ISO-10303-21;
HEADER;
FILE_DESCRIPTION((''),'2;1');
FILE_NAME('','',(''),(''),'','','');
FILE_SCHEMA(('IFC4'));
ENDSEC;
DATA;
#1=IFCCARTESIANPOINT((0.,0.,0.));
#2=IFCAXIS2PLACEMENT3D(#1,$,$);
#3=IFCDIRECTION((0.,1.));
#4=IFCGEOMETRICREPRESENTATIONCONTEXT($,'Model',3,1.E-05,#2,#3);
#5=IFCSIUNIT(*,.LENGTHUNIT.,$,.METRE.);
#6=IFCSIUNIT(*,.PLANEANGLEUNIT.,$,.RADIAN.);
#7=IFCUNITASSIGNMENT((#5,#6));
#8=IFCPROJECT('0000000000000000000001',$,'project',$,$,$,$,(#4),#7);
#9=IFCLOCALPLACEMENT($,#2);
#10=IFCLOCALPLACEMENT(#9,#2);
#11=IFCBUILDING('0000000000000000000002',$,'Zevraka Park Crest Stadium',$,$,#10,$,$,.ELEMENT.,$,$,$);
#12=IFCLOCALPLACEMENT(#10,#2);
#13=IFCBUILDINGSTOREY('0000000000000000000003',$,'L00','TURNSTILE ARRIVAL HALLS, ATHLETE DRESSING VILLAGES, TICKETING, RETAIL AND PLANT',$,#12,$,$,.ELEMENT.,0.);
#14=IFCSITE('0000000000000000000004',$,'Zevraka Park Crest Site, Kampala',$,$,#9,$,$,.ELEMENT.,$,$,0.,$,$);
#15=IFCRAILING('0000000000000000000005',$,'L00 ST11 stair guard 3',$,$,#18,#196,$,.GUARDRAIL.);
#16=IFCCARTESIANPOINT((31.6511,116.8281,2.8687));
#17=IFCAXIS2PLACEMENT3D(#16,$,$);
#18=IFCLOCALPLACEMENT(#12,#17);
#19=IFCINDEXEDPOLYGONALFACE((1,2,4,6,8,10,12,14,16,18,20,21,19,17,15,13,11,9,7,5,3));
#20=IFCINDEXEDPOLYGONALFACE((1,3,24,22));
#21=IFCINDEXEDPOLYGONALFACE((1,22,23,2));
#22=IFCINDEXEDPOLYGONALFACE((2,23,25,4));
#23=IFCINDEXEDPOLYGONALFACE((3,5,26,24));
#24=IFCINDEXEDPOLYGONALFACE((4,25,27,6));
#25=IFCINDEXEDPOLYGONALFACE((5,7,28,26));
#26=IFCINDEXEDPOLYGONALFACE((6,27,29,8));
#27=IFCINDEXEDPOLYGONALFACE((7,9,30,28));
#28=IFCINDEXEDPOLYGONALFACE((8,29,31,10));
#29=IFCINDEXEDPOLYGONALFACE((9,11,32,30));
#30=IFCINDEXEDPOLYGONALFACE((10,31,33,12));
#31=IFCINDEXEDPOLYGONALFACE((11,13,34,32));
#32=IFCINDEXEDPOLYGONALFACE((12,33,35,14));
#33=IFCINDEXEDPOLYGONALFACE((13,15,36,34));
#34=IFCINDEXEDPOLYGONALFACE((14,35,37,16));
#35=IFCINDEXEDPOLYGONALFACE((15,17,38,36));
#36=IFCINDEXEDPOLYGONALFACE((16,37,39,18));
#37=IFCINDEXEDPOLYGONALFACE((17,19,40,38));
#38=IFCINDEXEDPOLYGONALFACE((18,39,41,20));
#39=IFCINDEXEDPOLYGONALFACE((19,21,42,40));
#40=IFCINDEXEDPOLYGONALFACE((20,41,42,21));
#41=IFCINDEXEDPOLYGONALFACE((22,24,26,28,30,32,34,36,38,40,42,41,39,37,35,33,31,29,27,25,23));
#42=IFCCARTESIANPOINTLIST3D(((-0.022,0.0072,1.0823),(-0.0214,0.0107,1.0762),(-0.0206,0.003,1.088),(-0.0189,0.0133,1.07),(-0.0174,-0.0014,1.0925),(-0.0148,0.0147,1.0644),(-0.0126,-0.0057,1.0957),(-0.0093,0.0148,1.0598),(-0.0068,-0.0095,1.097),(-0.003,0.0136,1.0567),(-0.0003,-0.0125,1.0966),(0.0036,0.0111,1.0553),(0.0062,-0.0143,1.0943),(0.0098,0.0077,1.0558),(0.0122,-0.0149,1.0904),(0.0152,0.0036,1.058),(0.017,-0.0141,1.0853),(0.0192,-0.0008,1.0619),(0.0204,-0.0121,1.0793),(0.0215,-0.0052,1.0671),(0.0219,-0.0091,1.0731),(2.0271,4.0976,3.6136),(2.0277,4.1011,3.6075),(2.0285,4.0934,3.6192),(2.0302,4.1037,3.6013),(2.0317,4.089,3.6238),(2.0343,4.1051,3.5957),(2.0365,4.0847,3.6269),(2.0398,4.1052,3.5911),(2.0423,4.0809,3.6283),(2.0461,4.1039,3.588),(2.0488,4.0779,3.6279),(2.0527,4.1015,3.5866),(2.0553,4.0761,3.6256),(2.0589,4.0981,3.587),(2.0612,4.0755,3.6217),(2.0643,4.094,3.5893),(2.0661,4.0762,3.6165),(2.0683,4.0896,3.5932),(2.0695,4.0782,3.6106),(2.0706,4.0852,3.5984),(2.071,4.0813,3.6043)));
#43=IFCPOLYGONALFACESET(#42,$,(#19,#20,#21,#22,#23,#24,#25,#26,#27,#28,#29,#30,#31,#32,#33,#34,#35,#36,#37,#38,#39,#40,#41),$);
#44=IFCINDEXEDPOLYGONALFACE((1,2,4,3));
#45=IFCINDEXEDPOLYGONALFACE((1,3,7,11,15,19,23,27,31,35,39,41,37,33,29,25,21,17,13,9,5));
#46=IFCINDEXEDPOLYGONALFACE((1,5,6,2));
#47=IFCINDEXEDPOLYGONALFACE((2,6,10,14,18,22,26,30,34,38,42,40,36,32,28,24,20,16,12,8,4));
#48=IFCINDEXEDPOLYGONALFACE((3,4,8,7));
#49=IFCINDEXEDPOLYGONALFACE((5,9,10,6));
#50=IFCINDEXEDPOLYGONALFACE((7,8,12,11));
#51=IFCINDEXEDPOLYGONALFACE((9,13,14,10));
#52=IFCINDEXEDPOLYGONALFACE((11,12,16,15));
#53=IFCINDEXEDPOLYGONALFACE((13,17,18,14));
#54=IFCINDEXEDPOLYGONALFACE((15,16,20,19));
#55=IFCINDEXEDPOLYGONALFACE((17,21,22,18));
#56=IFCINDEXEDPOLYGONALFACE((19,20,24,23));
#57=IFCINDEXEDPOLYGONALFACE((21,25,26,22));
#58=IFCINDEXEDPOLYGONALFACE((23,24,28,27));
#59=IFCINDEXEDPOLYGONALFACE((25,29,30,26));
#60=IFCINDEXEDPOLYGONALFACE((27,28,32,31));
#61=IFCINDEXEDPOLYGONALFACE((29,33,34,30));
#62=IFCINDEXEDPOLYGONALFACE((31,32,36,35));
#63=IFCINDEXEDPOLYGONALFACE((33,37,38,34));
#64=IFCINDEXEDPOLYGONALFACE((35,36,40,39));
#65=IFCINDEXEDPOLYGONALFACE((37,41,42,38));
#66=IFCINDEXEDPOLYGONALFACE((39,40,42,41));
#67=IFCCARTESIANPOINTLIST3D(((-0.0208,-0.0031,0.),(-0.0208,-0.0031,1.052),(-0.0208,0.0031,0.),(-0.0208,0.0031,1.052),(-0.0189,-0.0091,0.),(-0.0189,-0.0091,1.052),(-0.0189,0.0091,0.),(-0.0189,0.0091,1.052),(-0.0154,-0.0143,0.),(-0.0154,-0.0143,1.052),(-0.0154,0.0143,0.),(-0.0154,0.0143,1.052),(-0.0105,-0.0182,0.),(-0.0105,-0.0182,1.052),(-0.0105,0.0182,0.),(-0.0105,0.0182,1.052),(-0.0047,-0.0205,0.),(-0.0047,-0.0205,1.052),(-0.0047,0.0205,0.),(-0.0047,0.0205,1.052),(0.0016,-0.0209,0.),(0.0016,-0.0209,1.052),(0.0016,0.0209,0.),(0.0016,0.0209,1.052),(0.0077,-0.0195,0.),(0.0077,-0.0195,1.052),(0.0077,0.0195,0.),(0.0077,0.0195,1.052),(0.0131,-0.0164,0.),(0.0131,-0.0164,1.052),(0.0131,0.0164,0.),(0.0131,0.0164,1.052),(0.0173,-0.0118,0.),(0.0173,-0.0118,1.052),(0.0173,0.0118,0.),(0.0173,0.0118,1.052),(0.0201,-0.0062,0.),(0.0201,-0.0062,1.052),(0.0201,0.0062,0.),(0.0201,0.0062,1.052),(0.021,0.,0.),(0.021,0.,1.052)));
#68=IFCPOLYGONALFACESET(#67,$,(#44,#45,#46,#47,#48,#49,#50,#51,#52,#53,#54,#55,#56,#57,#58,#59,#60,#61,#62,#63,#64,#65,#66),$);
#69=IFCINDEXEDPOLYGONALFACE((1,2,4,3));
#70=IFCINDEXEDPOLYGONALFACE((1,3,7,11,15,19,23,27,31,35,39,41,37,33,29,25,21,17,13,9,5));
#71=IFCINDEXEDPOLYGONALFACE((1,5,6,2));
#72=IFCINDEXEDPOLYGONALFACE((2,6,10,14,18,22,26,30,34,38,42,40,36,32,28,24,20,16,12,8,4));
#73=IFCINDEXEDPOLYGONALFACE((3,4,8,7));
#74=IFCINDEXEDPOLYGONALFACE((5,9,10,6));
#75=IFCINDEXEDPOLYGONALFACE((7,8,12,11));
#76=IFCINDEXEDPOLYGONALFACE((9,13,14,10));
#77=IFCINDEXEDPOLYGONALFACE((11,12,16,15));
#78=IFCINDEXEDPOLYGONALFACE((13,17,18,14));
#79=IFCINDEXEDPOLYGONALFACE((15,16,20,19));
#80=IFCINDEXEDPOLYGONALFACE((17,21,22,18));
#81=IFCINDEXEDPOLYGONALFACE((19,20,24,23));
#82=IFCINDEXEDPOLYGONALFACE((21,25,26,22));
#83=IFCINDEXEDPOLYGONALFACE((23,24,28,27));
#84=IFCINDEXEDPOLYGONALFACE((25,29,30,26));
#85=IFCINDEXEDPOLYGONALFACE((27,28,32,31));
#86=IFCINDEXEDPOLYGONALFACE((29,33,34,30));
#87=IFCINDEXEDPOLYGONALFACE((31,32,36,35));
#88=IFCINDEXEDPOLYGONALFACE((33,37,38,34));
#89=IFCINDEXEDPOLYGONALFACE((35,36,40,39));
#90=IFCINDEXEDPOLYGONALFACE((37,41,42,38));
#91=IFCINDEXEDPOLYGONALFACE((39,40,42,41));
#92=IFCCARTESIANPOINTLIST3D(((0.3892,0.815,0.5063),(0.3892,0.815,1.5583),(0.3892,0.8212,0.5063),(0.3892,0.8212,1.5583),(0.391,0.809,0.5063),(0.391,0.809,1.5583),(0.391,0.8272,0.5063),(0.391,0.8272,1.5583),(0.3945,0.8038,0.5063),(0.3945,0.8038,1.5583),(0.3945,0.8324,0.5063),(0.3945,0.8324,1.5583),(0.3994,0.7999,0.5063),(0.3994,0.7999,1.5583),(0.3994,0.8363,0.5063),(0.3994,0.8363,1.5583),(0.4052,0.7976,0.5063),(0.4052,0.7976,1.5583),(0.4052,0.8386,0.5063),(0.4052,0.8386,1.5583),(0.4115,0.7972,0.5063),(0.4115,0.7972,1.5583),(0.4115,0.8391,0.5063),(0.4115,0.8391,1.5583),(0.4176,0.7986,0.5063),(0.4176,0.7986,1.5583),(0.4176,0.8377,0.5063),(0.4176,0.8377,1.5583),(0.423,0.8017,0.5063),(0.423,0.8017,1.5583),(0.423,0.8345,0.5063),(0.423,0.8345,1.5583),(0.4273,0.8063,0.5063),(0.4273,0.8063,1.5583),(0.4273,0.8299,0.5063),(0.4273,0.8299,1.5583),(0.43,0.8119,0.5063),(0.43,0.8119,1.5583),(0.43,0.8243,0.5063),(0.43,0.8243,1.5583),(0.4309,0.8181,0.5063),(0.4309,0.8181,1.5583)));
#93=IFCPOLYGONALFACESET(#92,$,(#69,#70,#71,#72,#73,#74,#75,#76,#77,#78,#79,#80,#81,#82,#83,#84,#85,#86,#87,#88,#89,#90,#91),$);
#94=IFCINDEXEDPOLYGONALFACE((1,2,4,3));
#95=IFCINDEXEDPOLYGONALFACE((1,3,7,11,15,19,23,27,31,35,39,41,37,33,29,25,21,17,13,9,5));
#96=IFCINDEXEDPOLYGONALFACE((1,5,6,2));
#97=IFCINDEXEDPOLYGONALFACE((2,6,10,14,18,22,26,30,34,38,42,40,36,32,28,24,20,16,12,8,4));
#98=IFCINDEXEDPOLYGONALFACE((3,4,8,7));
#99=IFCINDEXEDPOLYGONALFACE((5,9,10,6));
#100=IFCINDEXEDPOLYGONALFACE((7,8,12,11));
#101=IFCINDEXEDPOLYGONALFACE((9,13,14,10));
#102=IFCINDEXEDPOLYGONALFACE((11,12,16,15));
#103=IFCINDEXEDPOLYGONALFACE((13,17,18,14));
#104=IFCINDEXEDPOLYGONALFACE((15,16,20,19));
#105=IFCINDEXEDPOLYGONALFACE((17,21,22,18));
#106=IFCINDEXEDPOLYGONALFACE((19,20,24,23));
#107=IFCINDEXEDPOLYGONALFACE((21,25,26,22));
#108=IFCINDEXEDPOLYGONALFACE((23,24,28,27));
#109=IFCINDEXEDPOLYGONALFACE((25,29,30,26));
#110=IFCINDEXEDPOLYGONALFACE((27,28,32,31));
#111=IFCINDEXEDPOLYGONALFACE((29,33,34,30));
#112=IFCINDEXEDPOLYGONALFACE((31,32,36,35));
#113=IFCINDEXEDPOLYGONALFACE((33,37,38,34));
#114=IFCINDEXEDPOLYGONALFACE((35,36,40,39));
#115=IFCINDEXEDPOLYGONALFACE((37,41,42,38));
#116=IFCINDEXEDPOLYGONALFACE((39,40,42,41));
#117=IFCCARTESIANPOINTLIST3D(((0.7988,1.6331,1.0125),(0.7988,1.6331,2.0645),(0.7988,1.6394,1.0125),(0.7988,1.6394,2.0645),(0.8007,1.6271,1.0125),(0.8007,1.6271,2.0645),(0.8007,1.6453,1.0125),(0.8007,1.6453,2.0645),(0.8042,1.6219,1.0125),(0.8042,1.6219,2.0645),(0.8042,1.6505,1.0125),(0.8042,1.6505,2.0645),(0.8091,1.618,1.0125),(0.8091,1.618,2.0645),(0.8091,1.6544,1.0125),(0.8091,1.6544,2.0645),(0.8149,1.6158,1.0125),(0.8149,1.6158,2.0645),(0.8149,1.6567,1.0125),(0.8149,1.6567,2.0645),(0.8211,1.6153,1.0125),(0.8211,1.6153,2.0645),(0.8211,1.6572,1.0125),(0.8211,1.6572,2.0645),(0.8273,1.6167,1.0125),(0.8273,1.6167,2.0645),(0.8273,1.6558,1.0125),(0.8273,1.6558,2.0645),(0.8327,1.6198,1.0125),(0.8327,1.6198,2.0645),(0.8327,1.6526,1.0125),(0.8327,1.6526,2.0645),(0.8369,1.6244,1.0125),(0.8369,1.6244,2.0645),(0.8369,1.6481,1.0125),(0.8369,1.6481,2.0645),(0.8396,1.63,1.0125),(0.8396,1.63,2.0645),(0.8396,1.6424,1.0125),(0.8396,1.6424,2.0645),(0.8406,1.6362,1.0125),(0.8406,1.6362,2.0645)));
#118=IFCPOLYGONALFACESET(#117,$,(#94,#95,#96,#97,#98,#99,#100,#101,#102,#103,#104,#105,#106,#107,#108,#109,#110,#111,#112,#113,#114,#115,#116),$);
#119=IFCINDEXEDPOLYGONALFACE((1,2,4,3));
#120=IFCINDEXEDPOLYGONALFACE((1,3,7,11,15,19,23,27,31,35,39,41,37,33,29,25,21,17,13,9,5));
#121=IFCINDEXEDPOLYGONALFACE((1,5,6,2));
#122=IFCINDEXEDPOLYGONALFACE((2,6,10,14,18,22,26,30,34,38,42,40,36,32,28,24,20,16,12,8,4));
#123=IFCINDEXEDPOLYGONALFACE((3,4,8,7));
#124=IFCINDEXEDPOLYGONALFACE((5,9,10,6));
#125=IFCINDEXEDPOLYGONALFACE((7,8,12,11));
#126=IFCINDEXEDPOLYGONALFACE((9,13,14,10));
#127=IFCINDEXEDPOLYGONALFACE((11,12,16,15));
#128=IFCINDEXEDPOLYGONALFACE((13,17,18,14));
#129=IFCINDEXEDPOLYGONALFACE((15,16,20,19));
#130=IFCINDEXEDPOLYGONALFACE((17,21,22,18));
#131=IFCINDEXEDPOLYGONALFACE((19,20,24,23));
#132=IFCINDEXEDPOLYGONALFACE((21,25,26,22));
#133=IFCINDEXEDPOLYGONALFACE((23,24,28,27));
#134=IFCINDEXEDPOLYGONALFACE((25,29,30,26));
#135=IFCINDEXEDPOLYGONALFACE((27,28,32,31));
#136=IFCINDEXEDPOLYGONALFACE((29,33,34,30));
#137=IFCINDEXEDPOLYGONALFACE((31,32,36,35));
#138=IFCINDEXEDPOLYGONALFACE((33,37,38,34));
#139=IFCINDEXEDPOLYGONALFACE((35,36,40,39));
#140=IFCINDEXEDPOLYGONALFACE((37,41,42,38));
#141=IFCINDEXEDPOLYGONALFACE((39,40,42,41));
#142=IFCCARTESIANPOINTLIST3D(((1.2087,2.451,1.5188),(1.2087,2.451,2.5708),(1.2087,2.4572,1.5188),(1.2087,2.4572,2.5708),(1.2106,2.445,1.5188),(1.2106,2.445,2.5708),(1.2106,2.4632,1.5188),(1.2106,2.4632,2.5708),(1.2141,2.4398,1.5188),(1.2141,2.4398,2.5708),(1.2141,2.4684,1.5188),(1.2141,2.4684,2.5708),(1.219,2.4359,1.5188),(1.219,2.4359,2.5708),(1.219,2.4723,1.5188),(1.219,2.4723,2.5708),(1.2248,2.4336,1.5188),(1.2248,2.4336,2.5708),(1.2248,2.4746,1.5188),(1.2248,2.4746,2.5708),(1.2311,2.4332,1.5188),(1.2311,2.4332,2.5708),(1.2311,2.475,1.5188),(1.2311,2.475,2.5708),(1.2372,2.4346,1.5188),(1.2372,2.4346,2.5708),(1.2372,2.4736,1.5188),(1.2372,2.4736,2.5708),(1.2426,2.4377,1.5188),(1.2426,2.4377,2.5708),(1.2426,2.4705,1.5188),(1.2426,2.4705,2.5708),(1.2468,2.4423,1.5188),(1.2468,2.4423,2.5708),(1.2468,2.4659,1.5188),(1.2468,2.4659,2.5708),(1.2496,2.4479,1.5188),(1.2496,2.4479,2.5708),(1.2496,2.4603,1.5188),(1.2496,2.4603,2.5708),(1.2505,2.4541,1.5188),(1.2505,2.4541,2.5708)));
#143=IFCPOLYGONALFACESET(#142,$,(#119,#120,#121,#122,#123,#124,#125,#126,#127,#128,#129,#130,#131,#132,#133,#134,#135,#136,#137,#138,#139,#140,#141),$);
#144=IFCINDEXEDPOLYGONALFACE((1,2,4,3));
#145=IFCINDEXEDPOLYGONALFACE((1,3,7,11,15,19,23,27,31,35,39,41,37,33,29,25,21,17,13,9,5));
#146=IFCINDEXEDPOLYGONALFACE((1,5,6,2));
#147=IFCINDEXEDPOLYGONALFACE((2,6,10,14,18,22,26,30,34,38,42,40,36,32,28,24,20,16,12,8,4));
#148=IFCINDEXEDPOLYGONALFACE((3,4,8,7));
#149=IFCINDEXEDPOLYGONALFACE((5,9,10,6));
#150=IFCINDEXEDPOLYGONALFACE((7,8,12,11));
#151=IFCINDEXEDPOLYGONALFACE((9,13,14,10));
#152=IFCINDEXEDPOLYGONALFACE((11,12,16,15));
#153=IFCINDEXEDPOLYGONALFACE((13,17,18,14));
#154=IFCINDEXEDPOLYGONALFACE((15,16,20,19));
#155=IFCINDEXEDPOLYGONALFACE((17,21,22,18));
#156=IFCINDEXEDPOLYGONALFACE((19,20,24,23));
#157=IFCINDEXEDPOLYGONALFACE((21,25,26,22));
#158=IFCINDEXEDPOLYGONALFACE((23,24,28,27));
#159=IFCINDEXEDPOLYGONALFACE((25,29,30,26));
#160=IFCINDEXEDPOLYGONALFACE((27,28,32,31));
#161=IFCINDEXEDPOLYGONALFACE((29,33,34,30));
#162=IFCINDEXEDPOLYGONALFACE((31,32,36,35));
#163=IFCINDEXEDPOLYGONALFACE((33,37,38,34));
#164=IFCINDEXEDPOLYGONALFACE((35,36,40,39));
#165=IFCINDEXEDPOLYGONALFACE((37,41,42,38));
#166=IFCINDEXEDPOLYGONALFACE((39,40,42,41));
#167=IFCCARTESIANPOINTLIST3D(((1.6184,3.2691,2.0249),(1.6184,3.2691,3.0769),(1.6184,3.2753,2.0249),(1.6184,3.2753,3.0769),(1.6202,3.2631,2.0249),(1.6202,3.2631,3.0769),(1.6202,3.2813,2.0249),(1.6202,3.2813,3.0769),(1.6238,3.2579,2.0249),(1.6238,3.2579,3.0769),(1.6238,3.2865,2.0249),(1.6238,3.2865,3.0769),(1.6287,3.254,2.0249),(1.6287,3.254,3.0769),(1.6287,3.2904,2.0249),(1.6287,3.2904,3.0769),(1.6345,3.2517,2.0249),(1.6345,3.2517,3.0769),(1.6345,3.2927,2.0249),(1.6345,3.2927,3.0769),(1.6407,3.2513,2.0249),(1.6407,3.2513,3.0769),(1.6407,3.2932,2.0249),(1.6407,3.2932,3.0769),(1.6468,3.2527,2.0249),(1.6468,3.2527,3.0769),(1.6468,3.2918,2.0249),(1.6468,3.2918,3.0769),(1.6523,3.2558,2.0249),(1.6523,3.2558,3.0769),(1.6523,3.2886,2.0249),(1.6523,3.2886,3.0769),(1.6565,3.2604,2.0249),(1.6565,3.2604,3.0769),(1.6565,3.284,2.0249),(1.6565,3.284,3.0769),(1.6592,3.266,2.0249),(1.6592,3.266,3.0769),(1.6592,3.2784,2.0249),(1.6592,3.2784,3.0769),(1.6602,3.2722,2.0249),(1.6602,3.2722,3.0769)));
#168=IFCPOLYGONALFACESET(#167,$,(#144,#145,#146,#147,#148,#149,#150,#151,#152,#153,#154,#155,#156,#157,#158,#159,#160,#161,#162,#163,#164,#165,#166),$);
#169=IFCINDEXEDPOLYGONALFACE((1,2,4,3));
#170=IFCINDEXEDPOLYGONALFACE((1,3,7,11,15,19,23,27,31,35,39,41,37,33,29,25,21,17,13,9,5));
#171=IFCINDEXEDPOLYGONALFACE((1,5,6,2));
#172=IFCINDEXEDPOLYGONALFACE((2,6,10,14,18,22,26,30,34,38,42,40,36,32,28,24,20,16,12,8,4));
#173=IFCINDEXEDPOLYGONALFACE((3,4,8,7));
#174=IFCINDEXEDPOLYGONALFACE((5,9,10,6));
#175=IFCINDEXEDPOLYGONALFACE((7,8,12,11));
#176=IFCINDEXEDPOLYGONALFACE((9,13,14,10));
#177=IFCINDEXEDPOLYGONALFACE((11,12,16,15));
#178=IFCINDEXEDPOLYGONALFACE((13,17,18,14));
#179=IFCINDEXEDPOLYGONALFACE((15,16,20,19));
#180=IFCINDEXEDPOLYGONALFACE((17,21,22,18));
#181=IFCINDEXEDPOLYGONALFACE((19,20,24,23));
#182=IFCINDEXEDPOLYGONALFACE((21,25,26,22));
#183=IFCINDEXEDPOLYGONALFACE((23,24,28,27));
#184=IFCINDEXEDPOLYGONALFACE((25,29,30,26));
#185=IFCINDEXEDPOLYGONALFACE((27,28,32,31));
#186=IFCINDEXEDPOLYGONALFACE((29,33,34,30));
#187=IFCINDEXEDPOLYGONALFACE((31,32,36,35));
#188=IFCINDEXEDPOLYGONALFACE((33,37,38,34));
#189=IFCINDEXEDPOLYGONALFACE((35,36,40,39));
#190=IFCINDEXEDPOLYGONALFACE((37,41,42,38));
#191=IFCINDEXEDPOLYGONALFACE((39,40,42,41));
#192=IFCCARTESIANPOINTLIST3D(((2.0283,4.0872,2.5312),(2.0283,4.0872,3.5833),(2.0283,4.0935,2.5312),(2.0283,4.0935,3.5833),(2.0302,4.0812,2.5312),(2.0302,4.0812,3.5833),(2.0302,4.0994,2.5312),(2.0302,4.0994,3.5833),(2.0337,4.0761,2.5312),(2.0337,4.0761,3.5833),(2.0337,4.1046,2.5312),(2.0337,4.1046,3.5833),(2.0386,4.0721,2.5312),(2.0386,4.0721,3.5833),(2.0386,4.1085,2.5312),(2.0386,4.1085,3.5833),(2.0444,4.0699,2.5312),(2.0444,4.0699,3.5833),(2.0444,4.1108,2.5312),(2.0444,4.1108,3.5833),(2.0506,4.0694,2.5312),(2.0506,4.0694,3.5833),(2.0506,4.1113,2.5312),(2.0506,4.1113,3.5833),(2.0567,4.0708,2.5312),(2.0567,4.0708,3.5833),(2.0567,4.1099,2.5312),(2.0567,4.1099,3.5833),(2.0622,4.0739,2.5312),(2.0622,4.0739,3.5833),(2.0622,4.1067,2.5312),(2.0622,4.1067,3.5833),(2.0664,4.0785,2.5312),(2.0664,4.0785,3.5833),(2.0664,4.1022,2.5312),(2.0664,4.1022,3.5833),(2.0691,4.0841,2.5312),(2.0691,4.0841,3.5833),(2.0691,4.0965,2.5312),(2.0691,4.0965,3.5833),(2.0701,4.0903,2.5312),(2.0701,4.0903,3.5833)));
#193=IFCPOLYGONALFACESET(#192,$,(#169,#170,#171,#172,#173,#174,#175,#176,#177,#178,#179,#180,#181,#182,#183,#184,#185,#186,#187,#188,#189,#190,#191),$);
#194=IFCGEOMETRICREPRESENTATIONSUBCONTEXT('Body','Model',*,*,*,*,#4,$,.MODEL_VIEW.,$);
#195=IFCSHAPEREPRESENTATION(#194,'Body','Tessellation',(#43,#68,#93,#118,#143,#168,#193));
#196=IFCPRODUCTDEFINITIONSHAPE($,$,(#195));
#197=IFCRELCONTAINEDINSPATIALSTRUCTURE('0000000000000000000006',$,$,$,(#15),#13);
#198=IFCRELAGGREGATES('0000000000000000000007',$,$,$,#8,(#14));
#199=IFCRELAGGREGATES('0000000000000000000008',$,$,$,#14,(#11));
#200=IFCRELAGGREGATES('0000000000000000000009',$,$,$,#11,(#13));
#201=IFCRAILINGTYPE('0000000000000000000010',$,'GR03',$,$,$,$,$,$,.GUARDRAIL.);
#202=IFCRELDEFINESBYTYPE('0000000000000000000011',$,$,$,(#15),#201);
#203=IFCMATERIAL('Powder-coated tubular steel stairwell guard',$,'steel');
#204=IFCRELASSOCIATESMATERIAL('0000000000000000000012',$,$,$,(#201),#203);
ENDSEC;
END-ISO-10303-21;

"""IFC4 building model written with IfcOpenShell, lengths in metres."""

from ifc_helpers import new_model, si_unit, direction, frame, origin, origin_2d, place, context, subcontext, project, spatial, circle, extrude, material, type_object, element, save


model = new_model("IFC4")

# Units and contexts
model_context = context("Model", 3, precision=1e-05, world=origin(), true_north=direction((0.0, 1.0)))
body_context = subcontext(model_context, "Body", "Model", "MODEL_VIEW")
ifc_project = project(units=[si_unit("LENGTHUNIT", "METRE"), si_unit("PLANEANGLEUNIT", "RADIAN")], contexts=[model_context])

# Site, building, storey
site_placement = place(None, origin())
site = spatial("IfcSite", under=ifc_project, at=site_placement, Name="Zevraka Park Crest Site, Kampala", CompositionType="ELEMENT", RefElevation=0.0)
building_placement = place(site_placement, origin())
building = spatial("IfcBuilding", under=site, at=building_placement, Name="Zevraka Park Crest Stadium", CompositionType="ELEMENT")
storey_placement = place(building_placement, origin())
storey = spatial("IfcBuildingStorey", under=building, at=storey_placement, Name="L00", Description="TURNSTILE ARRIVAL HALLS, ATHLETE DRESSING VILLAGES, TICKETING, RETAIL AND PLANT", CompositionType="ELEMENT", Elevation=0.0)

# Railing
ifc_material_1 = material(Name="Powder-coated tubular steel stairwell guard", Category="steel")
railing_type_1 = type_object("IfcRailingType", Name="GR03", PredefinedType="GUARDRAIL", material=ifc_material_1)
railing_1_placement = place(storey_placement, frame((31.6511, 116.8281, 2.8687)))
element("IfcRailing", 1, at=railing_1_placement, inside=storey, type_object=railing_type_1, Name="L00 ST11 stair guard 3", PredefinedType="GUARDRAIL", context=body_context, shape_type="SweptSolid", body=[
    extrude(circle(Radius=0.0239, at=origin_2d()), frame((0.0, 0.0, 1.0762), z_axis=(0.391908, 0.782321, 0.48413), x_axis=(-0.894085, 0.447897, 0.0)), (0.0, 0.0, 1.0), 5.2285),
    extrude(circle(Radius=0.021, at=origin_2d()), origin(), (0.0, 0.0, 1.0), 1.052),
    extrude(circle(Radius=0.021, at=origin_2d()), frame((0.4099, 0.8181, 0.5063)), (0.0, 0.0, 1.0), 1.052),
    extrude(circle(Radius=0.021, at=origin_2d()), frame((0.8196, 1.6362, 1.0125)), (0.0, 0.0, 1.0), 1.052),
    extrude(circle(Radius=0.021, at=origin_2d()), frame((1.2295, 2.4541, 1.5188)), (0.0, 0.0, 1.0), 1.052),
    extrude(circle(Radius=0.021, at=origin_2d()), frame((1.6392, 3.2722, 2.0249)), (0.0, 0.0, 1.0), 1.052),
    extrude(circle(Radius=0.021, at=origin_2d()), frame((2.0491, 4.0903, 2.5312)), (0.0, 0.0, 1.0), 1.052),
])

save(model, "model.ifc")
